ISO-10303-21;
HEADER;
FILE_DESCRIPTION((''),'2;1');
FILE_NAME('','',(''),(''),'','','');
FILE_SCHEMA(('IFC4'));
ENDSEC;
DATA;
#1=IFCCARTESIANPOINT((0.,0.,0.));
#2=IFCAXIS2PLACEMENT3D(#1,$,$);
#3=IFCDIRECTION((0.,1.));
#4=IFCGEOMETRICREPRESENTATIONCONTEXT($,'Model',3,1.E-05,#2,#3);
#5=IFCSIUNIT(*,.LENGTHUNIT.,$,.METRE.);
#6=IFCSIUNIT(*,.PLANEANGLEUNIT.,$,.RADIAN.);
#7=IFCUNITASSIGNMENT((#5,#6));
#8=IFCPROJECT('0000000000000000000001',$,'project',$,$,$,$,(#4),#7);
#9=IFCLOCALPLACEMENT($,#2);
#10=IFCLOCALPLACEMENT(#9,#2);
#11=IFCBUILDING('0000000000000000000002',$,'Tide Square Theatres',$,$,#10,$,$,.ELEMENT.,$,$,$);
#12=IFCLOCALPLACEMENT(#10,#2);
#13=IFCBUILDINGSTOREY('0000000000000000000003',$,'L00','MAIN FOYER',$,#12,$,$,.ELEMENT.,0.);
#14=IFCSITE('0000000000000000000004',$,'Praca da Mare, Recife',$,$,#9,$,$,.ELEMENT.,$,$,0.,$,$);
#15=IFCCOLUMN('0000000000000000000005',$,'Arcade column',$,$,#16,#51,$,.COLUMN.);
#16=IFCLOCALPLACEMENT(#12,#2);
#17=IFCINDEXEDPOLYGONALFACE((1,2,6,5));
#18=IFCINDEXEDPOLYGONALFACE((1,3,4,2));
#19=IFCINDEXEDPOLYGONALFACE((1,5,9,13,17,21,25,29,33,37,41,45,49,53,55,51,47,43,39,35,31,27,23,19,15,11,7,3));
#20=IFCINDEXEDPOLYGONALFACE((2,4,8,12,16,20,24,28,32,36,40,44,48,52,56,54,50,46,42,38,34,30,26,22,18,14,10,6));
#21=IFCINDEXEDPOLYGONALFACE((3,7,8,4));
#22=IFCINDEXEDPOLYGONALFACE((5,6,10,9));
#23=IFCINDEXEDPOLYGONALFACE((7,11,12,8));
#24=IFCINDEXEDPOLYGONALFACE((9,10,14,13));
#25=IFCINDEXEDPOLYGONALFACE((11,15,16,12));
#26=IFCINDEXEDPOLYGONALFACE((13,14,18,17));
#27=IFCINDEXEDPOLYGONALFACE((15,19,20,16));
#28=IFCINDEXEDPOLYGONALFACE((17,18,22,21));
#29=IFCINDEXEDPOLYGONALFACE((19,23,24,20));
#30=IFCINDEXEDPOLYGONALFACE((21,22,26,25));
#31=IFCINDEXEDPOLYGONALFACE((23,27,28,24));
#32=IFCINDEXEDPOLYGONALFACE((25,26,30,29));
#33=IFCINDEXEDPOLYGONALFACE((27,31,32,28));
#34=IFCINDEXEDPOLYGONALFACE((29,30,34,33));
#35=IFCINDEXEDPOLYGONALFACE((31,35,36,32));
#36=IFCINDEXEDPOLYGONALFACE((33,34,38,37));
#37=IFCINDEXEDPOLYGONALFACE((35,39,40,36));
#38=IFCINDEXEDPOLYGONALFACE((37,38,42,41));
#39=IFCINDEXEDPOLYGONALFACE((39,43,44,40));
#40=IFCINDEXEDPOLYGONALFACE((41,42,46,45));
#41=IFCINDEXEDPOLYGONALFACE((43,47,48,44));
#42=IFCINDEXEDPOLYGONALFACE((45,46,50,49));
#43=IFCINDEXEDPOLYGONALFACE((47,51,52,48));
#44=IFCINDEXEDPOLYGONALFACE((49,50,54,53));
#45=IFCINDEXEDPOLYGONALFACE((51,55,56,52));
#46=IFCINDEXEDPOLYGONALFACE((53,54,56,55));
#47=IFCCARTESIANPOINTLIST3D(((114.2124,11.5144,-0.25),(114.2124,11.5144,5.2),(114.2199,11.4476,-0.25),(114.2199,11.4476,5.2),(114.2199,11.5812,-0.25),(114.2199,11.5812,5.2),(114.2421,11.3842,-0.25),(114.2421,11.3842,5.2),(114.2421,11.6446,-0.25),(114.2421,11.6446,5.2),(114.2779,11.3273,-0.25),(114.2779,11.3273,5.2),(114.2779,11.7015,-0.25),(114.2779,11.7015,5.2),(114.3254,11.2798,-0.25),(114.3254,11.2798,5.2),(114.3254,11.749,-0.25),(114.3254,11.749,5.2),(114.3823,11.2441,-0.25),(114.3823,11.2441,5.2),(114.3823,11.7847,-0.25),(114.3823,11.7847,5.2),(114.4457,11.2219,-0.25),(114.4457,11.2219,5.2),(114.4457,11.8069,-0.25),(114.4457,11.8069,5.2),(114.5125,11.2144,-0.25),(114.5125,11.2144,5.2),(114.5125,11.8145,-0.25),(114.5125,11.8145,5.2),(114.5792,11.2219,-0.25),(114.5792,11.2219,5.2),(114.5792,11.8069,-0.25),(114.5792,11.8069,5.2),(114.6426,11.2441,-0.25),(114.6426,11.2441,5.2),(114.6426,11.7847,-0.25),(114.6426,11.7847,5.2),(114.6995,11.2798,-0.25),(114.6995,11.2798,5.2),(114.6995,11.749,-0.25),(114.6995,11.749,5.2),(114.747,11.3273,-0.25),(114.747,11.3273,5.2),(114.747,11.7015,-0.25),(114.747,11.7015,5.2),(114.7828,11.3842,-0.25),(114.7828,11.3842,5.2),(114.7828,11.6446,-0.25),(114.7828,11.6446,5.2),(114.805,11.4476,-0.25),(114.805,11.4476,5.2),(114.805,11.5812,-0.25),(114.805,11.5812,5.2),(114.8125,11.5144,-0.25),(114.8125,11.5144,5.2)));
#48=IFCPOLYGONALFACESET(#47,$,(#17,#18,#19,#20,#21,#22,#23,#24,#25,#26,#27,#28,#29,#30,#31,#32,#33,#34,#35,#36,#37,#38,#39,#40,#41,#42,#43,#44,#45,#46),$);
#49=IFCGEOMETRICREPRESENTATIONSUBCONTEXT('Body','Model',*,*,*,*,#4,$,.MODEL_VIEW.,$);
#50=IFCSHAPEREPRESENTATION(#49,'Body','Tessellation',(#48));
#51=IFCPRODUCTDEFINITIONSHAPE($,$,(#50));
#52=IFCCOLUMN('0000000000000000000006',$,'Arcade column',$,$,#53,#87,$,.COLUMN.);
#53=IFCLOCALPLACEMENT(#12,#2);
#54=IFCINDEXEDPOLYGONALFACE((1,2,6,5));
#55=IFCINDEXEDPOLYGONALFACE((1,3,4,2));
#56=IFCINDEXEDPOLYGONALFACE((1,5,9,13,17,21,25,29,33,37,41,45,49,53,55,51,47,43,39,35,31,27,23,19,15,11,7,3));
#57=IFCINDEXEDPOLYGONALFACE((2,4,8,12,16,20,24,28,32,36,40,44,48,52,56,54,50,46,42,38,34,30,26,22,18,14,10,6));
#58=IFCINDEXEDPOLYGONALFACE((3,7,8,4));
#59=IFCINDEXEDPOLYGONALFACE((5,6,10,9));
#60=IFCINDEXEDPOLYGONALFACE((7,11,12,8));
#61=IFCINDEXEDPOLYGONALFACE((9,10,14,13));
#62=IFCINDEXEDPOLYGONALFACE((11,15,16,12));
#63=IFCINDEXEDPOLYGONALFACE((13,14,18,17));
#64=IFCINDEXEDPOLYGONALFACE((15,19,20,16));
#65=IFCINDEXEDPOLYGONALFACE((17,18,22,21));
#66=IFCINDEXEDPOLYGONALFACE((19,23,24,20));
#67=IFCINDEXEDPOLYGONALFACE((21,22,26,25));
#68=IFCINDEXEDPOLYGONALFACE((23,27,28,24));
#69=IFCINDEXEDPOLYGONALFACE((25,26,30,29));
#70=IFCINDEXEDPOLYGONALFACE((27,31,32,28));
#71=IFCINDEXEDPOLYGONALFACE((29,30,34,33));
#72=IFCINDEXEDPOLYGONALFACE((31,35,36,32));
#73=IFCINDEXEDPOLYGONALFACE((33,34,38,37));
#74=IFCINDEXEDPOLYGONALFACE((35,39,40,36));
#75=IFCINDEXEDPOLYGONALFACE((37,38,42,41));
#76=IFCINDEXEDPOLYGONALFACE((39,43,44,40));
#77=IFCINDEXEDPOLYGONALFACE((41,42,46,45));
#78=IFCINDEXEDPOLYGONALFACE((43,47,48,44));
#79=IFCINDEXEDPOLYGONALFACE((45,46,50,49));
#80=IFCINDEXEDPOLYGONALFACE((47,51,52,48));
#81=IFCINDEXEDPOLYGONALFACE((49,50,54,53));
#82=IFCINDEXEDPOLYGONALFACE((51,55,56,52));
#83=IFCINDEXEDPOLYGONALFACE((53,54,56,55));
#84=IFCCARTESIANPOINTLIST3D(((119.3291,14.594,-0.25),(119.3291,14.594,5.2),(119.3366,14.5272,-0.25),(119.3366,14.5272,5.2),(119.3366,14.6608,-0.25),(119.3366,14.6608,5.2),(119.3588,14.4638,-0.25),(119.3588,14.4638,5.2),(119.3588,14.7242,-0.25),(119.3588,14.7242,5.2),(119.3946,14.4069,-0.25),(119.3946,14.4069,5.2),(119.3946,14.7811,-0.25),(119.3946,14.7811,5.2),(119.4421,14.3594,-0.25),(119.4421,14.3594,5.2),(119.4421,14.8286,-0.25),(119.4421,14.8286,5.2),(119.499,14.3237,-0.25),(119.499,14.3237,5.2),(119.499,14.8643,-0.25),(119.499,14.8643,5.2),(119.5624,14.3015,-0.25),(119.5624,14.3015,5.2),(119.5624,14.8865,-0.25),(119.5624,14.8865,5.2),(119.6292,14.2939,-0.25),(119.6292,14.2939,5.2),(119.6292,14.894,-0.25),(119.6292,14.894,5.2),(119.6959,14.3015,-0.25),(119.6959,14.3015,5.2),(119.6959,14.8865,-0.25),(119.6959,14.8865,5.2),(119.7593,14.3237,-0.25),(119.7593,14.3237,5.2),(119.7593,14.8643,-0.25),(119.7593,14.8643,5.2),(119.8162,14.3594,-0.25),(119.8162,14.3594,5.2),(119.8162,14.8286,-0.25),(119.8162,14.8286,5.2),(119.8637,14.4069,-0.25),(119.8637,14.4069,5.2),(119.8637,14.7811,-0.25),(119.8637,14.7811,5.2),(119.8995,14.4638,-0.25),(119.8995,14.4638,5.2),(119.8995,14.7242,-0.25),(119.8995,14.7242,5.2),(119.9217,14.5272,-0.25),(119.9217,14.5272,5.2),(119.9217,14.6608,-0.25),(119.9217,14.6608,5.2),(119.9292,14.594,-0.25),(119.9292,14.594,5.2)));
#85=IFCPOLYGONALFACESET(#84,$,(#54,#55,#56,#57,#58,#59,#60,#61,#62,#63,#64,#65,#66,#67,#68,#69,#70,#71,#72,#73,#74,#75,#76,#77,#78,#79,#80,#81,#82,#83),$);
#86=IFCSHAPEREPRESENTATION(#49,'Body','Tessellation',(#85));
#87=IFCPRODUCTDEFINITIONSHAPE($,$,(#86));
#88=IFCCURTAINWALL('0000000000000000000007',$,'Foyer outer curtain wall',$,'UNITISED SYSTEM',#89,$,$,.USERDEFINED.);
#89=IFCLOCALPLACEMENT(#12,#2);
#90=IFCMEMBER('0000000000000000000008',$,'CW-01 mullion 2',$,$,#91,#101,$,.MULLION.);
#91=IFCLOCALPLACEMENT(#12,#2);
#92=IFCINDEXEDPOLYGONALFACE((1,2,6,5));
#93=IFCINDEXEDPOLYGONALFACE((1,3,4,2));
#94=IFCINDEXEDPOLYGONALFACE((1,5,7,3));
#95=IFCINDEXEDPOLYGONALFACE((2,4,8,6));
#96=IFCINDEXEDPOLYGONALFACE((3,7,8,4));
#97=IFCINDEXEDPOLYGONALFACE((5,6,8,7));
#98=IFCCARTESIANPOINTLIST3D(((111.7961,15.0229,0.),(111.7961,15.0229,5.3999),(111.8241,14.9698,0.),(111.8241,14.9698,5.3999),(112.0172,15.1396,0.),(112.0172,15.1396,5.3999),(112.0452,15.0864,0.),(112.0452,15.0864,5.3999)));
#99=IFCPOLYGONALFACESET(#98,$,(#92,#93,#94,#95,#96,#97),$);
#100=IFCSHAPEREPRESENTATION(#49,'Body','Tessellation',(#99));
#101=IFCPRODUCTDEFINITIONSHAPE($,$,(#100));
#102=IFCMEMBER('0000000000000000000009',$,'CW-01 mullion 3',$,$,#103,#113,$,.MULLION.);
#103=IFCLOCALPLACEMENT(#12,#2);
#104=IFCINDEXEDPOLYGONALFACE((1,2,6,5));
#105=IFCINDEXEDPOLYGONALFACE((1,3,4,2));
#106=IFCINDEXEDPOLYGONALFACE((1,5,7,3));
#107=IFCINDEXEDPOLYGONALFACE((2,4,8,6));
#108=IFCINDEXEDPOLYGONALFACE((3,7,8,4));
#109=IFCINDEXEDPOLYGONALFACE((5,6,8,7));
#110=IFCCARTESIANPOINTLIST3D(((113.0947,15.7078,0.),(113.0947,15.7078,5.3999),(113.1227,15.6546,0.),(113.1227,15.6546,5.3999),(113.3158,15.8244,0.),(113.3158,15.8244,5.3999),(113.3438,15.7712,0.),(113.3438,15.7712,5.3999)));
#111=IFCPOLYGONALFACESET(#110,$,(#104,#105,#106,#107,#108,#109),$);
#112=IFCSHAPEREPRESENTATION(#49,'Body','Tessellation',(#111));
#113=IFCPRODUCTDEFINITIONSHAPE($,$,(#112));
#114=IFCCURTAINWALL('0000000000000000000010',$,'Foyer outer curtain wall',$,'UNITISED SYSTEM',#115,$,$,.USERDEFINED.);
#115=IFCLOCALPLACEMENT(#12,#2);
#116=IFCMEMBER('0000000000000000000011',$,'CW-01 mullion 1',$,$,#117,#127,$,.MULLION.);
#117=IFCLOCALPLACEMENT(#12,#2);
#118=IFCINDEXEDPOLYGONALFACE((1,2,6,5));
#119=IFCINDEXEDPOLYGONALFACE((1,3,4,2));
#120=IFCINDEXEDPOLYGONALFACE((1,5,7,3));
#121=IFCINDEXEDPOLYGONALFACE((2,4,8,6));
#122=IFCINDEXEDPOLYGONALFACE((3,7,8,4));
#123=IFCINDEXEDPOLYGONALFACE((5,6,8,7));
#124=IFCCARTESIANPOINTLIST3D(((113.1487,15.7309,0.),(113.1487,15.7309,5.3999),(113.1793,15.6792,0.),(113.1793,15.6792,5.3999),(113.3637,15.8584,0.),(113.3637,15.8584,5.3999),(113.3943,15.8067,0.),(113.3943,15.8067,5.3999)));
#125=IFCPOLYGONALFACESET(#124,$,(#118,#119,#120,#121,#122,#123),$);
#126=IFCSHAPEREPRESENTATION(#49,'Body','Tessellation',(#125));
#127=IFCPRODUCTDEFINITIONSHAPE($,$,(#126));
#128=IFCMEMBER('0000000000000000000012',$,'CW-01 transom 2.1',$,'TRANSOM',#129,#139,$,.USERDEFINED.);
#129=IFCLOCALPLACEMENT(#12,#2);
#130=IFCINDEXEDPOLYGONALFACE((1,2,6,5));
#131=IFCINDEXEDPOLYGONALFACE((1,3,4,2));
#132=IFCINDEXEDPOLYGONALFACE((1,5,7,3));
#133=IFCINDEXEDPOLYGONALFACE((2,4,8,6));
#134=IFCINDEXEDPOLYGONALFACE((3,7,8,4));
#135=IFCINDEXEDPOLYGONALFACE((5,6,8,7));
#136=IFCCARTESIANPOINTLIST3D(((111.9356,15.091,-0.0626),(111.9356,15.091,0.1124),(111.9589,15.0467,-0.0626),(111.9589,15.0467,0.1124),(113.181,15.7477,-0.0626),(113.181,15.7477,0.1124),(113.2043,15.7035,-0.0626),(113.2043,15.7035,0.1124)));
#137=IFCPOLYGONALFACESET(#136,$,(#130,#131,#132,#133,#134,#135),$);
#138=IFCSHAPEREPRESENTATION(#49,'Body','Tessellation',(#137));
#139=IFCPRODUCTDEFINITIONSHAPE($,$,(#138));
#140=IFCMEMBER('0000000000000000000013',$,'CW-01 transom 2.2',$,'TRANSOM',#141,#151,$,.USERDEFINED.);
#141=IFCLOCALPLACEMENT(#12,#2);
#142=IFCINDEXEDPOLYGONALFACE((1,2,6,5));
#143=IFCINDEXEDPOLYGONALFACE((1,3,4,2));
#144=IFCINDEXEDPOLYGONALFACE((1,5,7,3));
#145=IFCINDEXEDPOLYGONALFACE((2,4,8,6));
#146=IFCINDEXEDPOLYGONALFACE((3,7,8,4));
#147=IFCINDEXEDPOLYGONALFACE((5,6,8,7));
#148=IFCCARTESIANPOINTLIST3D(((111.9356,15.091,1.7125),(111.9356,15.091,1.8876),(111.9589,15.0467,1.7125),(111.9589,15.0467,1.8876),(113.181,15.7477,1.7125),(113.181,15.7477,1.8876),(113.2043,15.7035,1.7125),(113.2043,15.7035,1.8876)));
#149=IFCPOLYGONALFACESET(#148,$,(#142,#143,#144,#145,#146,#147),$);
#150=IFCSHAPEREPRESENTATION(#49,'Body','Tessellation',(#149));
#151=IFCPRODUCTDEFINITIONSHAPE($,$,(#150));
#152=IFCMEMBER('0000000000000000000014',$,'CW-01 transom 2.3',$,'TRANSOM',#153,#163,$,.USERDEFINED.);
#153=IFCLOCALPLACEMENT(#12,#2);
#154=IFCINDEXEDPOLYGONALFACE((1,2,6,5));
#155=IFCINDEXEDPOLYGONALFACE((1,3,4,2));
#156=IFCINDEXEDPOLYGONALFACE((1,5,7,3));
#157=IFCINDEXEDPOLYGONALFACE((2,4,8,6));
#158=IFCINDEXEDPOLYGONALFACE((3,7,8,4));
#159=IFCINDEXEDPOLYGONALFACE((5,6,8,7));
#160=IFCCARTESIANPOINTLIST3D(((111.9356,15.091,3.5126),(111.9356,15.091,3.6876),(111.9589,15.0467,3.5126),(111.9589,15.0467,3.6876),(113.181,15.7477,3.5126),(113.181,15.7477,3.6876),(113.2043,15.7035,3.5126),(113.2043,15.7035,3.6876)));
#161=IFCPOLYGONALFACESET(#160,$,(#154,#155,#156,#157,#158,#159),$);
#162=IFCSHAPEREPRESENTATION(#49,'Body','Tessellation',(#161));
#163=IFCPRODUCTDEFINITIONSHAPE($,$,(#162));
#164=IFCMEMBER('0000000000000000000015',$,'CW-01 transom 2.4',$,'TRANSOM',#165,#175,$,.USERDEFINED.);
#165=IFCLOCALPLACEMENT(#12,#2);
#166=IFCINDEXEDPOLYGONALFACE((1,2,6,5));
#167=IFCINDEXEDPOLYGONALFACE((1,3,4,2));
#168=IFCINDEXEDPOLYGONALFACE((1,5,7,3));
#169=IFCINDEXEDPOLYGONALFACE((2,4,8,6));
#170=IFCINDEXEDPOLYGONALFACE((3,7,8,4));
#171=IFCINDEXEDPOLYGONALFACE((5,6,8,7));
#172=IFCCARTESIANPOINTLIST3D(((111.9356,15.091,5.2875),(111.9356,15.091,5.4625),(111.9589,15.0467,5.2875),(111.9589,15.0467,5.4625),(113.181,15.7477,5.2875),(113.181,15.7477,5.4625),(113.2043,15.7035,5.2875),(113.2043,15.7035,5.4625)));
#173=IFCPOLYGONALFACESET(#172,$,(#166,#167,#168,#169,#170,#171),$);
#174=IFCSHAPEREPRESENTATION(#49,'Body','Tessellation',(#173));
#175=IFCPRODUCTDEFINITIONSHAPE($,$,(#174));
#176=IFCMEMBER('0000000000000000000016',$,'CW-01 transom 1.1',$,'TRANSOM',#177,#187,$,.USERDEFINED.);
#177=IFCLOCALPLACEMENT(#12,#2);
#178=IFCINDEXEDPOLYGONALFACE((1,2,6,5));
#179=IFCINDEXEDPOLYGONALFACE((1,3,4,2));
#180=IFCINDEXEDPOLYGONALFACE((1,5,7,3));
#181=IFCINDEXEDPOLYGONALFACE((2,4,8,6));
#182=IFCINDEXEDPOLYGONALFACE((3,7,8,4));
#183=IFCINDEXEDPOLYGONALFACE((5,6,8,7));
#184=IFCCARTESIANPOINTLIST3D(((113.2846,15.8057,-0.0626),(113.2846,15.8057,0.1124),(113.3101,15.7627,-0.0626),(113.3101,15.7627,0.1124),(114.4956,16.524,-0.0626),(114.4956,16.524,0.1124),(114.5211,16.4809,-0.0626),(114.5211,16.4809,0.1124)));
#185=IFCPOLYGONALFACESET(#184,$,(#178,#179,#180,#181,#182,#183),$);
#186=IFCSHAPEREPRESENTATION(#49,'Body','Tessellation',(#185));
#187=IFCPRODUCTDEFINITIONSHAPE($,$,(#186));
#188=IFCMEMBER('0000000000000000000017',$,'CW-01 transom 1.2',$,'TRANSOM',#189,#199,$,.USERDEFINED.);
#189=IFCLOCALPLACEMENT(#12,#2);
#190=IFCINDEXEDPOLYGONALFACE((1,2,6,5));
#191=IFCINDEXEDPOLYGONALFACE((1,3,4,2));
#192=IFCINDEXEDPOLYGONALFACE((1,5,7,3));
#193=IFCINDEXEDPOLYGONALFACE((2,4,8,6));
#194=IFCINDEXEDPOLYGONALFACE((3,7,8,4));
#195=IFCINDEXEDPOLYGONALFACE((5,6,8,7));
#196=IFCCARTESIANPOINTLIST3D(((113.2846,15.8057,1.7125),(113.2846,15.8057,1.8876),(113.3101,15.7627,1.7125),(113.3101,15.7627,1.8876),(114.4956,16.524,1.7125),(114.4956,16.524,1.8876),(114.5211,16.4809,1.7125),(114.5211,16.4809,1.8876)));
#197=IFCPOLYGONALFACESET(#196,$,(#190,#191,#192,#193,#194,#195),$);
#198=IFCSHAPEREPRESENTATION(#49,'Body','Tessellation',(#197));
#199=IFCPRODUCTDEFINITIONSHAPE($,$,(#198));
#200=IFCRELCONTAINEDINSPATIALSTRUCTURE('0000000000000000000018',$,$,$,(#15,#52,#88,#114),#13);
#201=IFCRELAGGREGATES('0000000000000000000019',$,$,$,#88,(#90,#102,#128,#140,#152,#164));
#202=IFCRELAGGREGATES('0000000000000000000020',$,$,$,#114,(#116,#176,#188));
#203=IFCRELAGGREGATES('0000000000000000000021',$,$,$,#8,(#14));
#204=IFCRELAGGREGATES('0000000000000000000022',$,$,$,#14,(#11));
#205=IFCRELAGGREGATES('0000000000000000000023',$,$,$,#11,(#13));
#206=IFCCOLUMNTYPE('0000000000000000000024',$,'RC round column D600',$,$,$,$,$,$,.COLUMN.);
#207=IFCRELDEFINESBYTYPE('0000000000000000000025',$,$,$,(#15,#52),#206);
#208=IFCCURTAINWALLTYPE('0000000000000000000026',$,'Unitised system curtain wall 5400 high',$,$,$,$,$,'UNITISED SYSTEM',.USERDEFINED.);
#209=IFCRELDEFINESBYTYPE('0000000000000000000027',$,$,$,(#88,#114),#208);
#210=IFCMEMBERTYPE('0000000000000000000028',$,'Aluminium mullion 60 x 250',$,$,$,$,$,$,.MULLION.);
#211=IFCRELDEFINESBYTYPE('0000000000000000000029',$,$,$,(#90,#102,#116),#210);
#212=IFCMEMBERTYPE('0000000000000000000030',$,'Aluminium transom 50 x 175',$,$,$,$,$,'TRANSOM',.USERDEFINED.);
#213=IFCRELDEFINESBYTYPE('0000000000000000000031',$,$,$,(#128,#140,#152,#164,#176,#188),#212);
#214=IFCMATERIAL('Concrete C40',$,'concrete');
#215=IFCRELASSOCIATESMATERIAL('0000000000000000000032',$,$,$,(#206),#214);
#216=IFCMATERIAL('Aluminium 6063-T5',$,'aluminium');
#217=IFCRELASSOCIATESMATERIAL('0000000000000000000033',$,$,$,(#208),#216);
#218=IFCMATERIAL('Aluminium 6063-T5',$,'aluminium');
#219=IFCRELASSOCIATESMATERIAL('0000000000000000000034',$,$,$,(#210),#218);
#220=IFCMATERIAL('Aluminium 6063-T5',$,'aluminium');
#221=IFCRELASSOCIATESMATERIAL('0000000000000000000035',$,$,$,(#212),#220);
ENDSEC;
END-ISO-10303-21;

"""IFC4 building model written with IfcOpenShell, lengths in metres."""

from ifc_helpers import new_model, si_unit, direction, frame, origin, origin_2d, place, context, subcontext, project, spatial, rectangle, circle, extrude, material, material_profile, profile_set, type_object, element, aggregate, save


model = new_model("IFC4")

# Units and contexts
model_context = context("Model", 3, precision=1e-05, world=origin(), true_north=direction((0.0, 1.0)))
body_context = subcontext(model_context, "Body", "Model", "MODEL_VIEW")
ifc_project = project(units=[si_unit("LENGTHUNIT", "METRE"), si_unit("PLANEANGLEUNIT", "RADIAN")], contexts=[model_context])

# Site, building, storey
site_placement = place(None, origin())
site = spatial("IfcSite", under=ifc_project, at=site_placement, Name="Praca da Mare, Recife", CompositionType="ELEMENT", RefElevation=0.0)
building_placement = place(site_placement, origin())
building = spatial("IfcBuilding", under=site, at=building_placement, Name="Tide Square Theatres", CompositionType="ELEMENT")
storey_placement = place(building_placement, origin())
storey = spatial("IfcBuildingStorey", under=building, at=storey_placement, Name="L00", Description="MAIN FOYER", CompositionType="ELEMENT", Elevation=0.0)

# Columns
ifc_material_1 = material(Name="Concrete C40", Category="concrete")
ifc_material_profile_1 = material_profile(ifc_material_1, circle(Radius=0.3, at=origin_2d()))
ifc_profile_set_1 = profile_set([ifc_material_profile_1], Name="Concrete C40")
column_type_1 = type_object("IfcColumnType", Name="RC round column D600", PredefinedType="COLUMN", material=ifc_profile_set_1)
for number, where, z_axis, x_axis, name in (
    (1, (114.5125, 11.5144, -0.25), (0.0, 0.0, 1.0), (1.0, 0.0, 0.0), "Arcade column"),
    (2, (119.6292, 14.594, -0.25), (0.0, 0.0, 1.0), (1.0, 0.0, 0.0), "Arcade column"),
):
    element("IfcColumn", number, at=place(storey_placement, frame(where, z_axis=z_axis, x_axis=x_axis)), inside=storey, type_object=column_type_1, Name=name, PredefinedType="COLUMN", context=body_context, shape_type="SweptSolid", body=[
        extrude(circle(Radius=0.3, at=origin_2d()), origin(), (0.0, 0.0, 1.0), 5.45),
    ])

# Curtain wall, members
ifc_material_2 = material(Name="Aluminium 6063-T5", Category="aluminium")
curtain_wall_type = type_object("IfcCurtainWallType", Name="Unitised system curtain wall 5400 high", ElementType="UNITISED SYSTEM", PredefinedType="USERDEFINED", material=ifc_material_2)
curtain_wall_1_placement = place(storey_placement, origin())
curtain_wall_1 = element("IfcCurtainWall", 3, at=curtain_wall_1_placement, inside=storey, type_object=curtain_wall_type, Name="Foyer outer curtain wall", ObjectType="UNITISED SYSTEM", PredefinedType="USERDEFINED")
ifc_material_3 = material(Name="Aluminium 6063-T5", Category="aluminium")
ifc_material_profile_2 = material_profile(ifc_material_3, rectangle(XDim=0.0601, YDim=0.25, at=origin_2d()))
ifc_profile_set_2 = profile_set([ifc_material_profile_2], Name="Aluminium 6063-T5")
member_type_1 = type_object("IfcMemberType", Name="Aluminium mullion 60 x 250", PredefinedType="MULLION", material=ifc_profile_set_2)
member_1_placement = place(storey_placement, frame((111.9207, 15.0547, 0.0), z_axis=(0.0, 0.0, 1.0), x_axis=(-0.466455, 0.884545, 0.0)))
member_1 = element("IfcMember", 4, at=member_1_placement, type_object=member_type_1, Name="CW-01 mullion 2", PredefinedType="MULLION", context=body_context, shape_type="SweptSolid", body=[
    extrude(rectangle(XDim=0.0601, YDim=0.25, at=origin_2d()), origin(), (0.0, 0.0, 1.0), 5.3999),
])
member_2_placement = place(storey_placement, frame((113.2192, 15.7395, 0.0), z_axis=(0.0, 0.0, 1.0), x_axis=(-0.466455, 0.884545, 0.0)))
member_2 = element("IfcMember", 5, at=member_2_placement, type_object=member_type_1, Name="CW-01 mullion 3", PredefinedType="MULLION", context=body_context, shape_type="SweptSolid", body=[
    extrude(rectangle(XDim=0.0601, YDim=0.25, at=origin_2d()), origin(), (0.0, 0.0, 1.0), 5.3999),
])

# Curtain wall, member
curtain_wall_2_placement = place(storey_placement, origin())
curtain_wall_2 = element("IfcCurtainWall", 6, at=curtain_wall_2_placement, inside=storey, type_object=curtain_wall_type, Name="Foyer outer curtain wall", ObjectType="UNITISED SYSTEM", PredefinedType="USERDEFINED")
member_3_placement = place(storey_placement, frame((113.2715, 15.7688, 0.0), z_axis=(0.0, 0.0, 1.0), x_axis=(-0.510125, 0.8601, 0.0)))
member_3 = element("IfcMember", 7, at=member_3_placement, type_object=member_type_1, Name="CW-01 mullion 1", PredefinedType="MULLION", context=body_context, shape_type="SweptSolid", body=[
    extrude(rectangle(XDim=0.0601, YDim=0.25, at=origin_2d()), origin(), (0.0, 0.0, 1.0), 5.3999),
])

# Members
ifc_material_4 = material(Name="Aluminium 6063-T5", Category="aluminium")
ifc_material_profile_3 = material_profile(ifc_material_4, rectangle(XDim=0.05, YDim=0.175, at=origin_2d()))
ifc_profile_set_3 = profile_set([ifc_material_profile_3], Name="Aluminium 6063-T5")
member_type_2 = type_object("IfcMemberType", Name="Aluminium transom 50 x 175", ElementType="TRANSOM", PredefinedType="USERDEFINED", material=ifc_profile_set_3)
member_4_placement = place(storey_placement, frame((111.9473, 15.0688, 0.0249), z_axis=(0.884542, 0.466461, 0.0), x_axis=(-0.466461, 0.884542, 0.0)))
member_4 = element("IfcMember", 8, at=member_4_placement, type_object=member_type_2, Name="CW-01 transom 2.1", ObjectType="TRANSOM", PredefinedType="USERDEFINED", context=body_context, shape_type="SweptSolid", body=[
    extrude(rectangle(XDim=0.05, YDim=0.175, at=origin_2d()), origin(), (0.0, 0.0, 1.0), 1.408),
])
member_5_placement = place(storey_placement, frame((111.9473, 15.0688, 1.8), z_axis=(0.884542, 0.466461, 0.0), x_axis=(-0.466461, 0.884542, 0.0)))
member_5 = element("IfcMember", 9, at=member_5_placement, type_object=member_type_2, Name="CW-01 transom 2.2", ObjectType="TRANSOM", PredefinedType="USERDEFINED", context=body_context, shape_type="SweptSolid", body=[
    extrude(rectangle(XDim=0.05, YDim=0.175, at=origin_2d()), origin(), (0.0, 0.0, 1.0), 1.408),
])
member_6_placement = place(storey_placement, frame((111.9473, 15.0688, 3.6001), z_axis=(0.884542, 0.466461, 0.0), x_axis=(-0.466461, 0.884542, 0.0)))
member_6 = element("IfcMember", 10, at=member_6_placement, type_object=member_type_2, Name="CW-01 transom 2.3", ObjectType="TRANSOM", PredefinedType="USERDEFINED", context=body_context, shape_type="SweptSolid", body=[
    extrude(rectangle(XDim=0.05, YDim=0.175, at=origin_2d()), origin(), (0.0, 0.0, 1.0), 1.408),
])
member_7_placement = place(storey_placement, frame((111.9473, 15.0688, 5.375), z_axis=(0.884542, 0.466461, 0.0), x_axis=(-0.466461, 0.884542, 0.0)))
member_7 = element("IfcMember", 11, at=member_7_placement, type_object=member_type_2, Name="CW-01 transom 2.4", ObjectType="TRANSOM", PredefinedType="USERDEFINED", context=body_context, shape_type="SweptSolid", body=[
    extrude(rectangle(XDim=0.05, YDim=0.175, at=origin_2d()), origin(), (0.0, 0.0, 1.0), 1.408),
])
member_8_placement = place(storey_placement, frame((113.2974, 15.7842, 0.0249), z_axis=(0.860083, 0.510154, 0.0), x_axis=(-0.510154, 0.860083, 0.0)))
member_8 = element("IfcMember", 12, at=member_8_placement, type_object=member_type_2, Name="CW-01 transom 1.1", ObjectType="TRANSOM", PredefinedType="USERDEFINED", context=body_context, shape_type="SweptSolid", body=[
    extrude(rectangle(XDim=0.05, YDim=0.175, at=origin_2d()), origin(), (0.0, 0.0, 1.0), 1.408),
])
member_9_placement = place(storey_placement, frame((113.2974, 15.7842, 1.8), z_axis=(0.860083, 0.510154, 0.0), x_axis=(-0.510154, 0.860083, 0.0)))
member_9 = element("IfcMember", 13, at=member_9_placement, type_object=member_type_2, Name="CW-01 transom 1.2", ObjectType="TRANSOM", PredefinedType="USERDEFINED", context=body_context, shape_type="SweptSolid", body=[
    extrude(rectangle(XDim=0.05, YDim=0.175, at=origin_2d()), origin(), (0.0, 0.0, 1.0), 1.408),
])

aggregate(curtain_wall_1, [member_1, member_2, member_4, member_5, member_6, member_7])
aggregate(curtain_wall_2, [member_3, member_8, member_9])

save(model, "model.ifc")
